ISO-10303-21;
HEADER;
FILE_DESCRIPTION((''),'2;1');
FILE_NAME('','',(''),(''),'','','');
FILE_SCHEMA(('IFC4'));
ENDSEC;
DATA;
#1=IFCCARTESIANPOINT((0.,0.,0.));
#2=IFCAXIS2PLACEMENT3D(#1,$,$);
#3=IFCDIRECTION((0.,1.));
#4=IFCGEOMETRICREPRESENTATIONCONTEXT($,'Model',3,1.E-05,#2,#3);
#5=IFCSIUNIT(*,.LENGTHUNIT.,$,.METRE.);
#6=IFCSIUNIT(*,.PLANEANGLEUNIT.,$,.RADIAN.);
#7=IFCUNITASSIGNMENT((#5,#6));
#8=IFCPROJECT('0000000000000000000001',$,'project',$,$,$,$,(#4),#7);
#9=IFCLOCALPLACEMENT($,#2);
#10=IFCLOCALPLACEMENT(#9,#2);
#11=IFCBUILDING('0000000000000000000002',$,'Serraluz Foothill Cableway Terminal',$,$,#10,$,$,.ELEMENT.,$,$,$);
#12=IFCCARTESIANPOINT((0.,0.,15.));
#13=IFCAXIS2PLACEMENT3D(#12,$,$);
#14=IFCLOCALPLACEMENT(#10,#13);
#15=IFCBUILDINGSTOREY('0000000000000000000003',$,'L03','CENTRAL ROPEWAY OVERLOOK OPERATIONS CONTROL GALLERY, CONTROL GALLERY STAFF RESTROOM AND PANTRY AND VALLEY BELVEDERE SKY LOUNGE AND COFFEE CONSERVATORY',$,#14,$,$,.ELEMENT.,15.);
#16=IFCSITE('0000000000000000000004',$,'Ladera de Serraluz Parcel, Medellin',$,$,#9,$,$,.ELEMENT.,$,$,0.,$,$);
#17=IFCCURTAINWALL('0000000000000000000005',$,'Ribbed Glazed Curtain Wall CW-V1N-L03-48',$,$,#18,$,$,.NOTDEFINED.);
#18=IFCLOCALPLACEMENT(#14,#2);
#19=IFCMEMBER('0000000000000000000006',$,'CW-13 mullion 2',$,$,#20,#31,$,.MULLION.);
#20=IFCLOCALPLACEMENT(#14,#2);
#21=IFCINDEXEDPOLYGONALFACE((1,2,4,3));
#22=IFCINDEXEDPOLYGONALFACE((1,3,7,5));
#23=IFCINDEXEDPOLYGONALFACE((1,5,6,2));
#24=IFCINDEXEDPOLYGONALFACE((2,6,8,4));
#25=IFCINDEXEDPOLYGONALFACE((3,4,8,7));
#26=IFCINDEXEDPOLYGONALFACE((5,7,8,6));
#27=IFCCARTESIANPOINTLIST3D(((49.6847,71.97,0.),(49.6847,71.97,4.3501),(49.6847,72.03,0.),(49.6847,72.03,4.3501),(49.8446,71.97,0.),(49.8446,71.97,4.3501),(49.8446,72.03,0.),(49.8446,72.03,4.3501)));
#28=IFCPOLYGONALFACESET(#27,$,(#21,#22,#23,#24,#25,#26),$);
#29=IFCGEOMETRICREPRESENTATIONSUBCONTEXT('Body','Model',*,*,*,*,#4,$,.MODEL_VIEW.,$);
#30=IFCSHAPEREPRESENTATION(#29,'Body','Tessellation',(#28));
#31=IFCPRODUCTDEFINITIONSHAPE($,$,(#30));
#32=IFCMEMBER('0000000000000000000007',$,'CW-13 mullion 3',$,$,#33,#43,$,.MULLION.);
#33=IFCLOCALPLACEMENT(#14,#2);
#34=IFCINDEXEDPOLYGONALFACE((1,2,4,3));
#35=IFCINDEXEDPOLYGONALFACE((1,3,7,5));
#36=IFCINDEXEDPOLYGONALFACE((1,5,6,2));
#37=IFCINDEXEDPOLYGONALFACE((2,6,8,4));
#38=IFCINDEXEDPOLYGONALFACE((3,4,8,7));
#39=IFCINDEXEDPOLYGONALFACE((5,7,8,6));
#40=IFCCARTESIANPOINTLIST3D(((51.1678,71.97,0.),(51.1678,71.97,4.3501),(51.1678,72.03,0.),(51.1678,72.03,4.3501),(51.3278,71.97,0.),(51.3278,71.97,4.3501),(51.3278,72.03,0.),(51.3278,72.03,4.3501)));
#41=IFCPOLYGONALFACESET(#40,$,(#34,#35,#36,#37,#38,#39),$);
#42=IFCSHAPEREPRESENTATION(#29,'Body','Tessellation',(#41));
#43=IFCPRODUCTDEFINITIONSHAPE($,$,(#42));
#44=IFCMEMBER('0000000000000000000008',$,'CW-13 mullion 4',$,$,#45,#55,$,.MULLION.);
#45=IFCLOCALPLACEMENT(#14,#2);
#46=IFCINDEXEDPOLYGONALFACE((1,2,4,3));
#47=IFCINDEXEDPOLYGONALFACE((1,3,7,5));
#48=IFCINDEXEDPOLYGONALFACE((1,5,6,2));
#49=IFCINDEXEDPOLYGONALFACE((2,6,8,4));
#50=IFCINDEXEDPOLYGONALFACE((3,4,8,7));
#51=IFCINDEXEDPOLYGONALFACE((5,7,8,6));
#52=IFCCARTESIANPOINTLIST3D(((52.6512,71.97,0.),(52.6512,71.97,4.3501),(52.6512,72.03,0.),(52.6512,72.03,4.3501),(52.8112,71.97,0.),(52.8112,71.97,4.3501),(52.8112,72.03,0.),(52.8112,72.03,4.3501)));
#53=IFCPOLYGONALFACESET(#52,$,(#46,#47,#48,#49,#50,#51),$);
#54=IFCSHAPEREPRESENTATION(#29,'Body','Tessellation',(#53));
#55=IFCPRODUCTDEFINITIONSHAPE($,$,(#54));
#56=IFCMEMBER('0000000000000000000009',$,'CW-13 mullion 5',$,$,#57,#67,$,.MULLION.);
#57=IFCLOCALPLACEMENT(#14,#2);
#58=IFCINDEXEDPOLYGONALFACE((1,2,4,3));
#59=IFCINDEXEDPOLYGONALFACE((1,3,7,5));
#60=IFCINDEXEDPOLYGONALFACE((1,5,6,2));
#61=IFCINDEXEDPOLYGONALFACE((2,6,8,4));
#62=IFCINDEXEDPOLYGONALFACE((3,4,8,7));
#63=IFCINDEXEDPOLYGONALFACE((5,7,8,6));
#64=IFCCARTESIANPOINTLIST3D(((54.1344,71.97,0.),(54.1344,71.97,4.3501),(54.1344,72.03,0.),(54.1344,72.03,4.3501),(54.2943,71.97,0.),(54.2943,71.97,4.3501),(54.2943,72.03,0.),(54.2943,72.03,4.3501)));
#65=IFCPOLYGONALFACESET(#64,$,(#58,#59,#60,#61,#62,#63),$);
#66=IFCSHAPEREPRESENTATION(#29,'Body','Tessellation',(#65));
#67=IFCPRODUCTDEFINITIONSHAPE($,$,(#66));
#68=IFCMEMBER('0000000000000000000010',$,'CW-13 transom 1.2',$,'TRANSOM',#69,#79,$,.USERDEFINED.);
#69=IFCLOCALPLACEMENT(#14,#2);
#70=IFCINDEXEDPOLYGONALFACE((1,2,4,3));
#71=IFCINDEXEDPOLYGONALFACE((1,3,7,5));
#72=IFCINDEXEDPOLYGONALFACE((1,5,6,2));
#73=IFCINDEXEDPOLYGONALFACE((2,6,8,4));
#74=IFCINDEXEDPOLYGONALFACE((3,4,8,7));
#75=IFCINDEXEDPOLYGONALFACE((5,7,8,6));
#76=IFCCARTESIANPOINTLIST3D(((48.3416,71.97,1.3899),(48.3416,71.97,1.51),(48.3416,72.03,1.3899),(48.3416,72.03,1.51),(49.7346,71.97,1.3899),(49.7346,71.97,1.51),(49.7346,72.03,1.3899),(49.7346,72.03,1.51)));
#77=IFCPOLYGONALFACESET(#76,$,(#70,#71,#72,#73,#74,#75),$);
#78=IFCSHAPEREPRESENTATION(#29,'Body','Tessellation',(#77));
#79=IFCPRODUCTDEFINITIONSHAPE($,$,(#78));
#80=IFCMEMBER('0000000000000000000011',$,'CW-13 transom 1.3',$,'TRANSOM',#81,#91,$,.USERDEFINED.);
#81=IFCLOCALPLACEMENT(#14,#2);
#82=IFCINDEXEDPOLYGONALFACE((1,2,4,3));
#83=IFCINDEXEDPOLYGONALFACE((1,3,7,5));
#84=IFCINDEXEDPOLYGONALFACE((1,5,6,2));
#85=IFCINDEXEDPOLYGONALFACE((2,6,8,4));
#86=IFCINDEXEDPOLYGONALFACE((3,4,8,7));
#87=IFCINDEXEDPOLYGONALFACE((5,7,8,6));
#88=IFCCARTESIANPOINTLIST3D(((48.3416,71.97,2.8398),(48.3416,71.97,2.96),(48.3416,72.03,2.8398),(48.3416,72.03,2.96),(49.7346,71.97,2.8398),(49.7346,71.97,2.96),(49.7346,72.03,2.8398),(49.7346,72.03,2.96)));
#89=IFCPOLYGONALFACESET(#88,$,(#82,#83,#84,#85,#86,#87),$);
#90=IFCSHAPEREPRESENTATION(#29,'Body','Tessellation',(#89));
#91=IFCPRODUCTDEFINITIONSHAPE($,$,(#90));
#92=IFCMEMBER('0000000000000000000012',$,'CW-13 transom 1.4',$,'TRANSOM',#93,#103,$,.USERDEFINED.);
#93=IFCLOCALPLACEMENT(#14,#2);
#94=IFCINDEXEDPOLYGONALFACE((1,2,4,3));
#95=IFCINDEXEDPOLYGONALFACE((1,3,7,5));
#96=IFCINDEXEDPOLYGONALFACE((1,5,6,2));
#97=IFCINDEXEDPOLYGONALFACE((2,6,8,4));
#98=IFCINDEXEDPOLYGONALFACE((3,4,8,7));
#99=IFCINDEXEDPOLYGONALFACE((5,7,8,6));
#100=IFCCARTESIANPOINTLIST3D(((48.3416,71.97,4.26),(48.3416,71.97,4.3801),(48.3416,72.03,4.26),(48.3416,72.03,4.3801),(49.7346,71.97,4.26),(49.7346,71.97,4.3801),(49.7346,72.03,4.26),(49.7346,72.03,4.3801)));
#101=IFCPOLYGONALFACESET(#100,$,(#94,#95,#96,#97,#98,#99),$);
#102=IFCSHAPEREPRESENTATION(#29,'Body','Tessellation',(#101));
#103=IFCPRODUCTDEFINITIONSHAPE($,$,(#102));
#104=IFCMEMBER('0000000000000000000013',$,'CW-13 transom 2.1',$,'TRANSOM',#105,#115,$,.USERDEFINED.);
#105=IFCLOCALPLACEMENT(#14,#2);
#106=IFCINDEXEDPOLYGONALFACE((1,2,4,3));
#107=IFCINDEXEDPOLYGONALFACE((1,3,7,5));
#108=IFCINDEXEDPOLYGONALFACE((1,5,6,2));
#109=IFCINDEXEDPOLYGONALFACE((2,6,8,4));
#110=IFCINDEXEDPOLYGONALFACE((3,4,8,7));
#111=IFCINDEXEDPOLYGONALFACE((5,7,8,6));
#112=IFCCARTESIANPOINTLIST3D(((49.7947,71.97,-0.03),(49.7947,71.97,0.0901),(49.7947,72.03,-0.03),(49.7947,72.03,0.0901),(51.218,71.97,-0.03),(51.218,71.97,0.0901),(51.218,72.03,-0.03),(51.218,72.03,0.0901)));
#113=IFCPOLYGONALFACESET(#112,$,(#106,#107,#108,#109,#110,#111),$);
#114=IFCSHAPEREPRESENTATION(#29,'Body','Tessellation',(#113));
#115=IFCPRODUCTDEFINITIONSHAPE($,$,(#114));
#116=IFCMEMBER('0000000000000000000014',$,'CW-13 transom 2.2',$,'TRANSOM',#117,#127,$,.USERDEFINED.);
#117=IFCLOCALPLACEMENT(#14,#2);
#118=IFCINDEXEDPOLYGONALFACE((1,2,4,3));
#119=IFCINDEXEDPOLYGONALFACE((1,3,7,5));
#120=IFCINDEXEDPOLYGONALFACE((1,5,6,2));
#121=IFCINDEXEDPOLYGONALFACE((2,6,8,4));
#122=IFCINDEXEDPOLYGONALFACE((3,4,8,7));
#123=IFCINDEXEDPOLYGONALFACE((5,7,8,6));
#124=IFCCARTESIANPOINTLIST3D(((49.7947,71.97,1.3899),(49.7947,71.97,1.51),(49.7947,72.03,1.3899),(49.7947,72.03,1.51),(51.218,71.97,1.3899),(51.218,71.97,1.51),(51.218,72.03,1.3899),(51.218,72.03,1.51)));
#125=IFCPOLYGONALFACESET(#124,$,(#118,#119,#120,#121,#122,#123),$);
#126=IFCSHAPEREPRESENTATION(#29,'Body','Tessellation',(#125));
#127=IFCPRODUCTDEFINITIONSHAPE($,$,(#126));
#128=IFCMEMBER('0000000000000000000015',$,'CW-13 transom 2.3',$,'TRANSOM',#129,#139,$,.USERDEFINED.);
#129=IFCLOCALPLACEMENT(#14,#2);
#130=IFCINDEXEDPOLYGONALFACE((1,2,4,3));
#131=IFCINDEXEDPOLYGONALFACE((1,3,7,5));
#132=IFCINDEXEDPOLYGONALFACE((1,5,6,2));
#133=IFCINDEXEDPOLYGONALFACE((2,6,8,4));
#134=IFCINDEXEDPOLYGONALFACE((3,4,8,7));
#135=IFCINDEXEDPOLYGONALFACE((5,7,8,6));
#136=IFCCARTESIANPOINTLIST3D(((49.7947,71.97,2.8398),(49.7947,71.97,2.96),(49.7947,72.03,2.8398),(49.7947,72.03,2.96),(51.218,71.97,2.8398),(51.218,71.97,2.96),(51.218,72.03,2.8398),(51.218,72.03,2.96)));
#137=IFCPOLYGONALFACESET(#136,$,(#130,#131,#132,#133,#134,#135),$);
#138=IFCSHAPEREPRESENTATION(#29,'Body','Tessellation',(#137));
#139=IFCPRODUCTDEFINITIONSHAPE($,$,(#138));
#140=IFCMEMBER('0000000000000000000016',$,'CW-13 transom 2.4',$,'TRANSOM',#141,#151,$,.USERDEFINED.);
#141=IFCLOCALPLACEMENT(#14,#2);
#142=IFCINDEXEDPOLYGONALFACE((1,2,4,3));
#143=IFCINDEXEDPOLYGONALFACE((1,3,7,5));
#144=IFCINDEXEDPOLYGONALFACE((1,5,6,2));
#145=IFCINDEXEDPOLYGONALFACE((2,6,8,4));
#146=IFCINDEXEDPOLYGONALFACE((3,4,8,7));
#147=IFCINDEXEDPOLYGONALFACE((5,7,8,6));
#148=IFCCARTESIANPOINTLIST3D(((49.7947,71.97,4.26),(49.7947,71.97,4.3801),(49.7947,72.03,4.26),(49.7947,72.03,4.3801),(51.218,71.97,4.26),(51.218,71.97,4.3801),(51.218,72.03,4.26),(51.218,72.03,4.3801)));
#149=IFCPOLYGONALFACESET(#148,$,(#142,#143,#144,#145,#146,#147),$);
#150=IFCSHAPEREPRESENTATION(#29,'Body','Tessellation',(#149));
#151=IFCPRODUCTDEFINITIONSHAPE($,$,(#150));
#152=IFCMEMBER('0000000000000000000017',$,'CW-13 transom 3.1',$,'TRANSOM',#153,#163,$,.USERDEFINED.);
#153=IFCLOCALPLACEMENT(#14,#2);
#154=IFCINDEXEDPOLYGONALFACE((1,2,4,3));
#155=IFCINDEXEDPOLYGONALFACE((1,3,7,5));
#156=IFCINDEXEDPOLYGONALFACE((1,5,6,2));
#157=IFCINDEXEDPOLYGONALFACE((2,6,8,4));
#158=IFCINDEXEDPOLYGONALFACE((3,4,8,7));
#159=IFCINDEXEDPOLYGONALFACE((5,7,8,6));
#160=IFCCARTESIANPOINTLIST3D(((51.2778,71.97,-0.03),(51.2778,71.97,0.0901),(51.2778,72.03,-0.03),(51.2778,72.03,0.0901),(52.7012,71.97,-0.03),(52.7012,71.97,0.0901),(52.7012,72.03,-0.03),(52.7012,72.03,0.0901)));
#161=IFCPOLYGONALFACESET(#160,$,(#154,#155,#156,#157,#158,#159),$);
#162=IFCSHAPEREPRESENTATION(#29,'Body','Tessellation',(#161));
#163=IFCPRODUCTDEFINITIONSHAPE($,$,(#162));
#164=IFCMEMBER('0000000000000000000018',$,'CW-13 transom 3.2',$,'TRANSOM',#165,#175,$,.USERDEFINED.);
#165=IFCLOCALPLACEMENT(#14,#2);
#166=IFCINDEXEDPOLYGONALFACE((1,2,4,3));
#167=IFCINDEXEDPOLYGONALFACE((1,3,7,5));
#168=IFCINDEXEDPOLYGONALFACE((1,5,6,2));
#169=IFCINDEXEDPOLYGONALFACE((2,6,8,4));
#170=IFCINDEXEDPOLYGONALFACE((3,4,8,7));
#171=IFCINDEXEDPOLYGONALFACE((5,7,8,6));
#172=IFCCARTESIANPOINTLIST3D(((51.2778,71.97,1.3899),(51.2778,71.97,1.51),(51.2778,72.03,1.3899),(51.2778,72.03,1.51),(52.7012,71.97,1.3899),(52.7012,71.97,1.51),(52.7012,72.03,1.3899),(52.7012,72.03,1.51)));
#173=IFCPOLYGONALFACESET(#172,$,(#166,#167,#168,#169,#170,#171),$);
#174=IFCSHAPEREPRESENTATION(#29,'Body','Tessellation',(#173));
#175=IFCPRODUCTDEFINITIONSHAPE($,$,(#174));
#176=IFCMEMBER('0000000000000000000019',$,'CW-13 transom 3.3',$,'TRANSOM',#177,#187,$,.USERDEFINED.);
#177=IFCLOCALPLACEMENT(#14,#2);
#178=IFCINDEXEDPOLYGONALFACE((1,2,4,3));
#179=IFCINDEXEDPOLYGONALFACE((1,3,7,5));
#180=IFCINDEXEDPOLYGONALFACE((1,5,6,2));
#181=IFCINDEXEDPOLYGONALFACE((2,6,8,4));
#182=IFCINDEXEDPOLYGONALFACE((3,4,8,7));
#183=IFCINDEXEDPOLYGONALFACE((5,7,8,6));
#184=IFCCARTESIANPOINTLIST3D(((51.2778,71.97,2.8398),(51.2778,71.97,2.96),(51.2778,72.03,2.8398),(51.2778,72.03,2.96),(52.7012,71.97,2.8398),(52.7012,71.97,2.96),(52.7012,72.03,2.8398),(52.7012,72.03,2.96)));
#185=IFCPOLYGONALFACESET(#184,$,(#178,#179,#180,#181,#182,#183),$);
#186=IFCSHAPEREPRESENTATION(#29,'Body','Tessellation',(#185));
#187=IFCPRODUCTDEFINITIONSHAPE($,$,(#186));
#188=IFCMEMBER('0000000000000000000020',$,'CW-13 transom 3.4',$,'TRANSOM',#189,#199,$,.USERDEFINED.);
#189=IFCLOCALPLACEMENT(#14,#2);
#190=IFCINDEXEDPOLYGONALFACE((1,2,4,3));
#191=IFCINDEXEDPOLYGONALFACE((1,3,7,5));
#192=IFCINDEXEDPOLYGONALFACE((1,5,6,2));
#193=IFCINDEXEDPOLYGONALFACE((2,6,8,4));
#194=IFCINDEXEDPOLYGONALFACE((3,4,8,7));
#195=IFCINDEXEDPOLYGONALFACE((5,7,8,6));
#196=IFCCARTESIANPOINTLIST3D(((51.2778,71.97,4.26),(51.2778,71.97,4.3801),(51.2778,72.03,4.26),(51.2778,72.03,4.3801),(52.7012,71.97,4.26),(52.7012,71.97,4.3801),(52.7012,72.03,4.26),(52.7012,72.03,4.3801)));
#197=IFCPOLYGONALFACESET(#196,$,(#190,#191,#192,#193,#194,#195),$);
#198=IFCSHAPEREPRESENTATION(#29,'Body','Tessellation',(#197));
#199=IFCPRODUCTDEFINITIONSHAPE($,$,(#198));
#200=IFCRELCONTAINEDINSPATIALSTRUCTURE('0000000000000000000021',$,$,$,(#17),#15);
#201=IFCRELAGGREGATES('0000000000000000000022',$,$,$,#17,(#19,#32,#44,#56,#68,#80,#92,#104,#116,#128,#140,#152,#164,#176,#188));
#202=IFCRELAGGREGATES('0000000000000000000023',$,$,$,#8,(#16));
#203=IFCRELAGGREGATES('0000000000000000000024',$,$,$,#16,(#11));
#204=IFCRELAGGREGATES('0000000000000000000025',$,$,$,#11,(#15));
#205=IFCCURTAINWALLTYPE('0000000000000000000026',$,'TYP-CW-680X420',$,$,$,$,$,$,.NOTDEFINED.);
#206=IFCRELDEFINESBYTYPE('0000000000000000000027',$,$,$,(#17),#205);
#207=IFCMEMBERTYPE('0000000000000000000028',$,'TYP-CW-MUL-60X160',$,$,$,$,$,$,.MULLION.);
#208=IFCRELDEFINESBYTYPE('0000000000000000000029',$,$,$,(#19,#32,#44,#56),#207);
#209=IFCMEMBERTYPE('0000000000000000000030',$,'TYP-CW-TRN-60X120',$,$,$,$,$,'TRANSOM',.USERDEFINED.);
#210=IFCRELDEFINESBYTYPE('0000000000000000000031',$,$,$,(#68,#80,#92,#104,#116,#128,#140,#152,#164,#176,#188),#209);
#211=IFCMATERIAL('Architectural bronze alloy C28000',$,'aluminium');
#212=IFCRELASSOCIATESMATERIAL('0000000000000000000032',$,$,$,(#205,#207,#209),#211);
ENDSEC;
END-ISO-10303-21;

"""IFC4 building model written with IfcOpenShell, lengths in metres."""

from ifc_helpers import new_model, si_unit, direction, frame, origin, origin_2d, place, context, subcontext, project, spatial, rectangle, extrude, material, material_profile, profile_set, type_object, element, aggregate, save


model = new_model("IFC4")

# Units and contexts
model_context = context("Model", 3, precision=1e-05, world=origin(), true_north=direction((0.0, 1.0)))
body_context = subcontext(model_context, "Body", "Model", "MODEL_VIEW")
ifc_project = project(units=[si_unit("LENGTHUNIT", "METRE"), si_unit("PLANEANGLEUNIT", "RADIAN")], contexts=[model_context])

# Site, building, storey
site_placement = place(None, origin())
site = spatial("IfcSite", under=ifc_project, at=site_placement, Name="Ladera de Serraluz Parcel, Medellin", CompositionType="ELEMENT", RefElevation=0.0)
building_placement = place(site_placement, origin())
building = spatial("IfcBuilding", under=site, at=building_placement, Name="Serraluz Foothill Cableway Terminal", CompositionType="ELEMENT")
storey_placement = place(building_placement, frame((0.0, 0.0, 15.0)))
storey = spatial("IfcBuildingStorey", under=building, at=storey_placement, Name="L03", Description="CENTRAL ROPEWAY OVERLOOK OPERATIONS CONTROL GALLERY, CONTROL GALLERY STAFF RESTROOM AND PANTRY AND VALLEY BELVEDERE SKY LOUNGE AND COFFEE CONSERVATORY", CompositionType="ELEMENT", Elevation=15.0)

# Curtain wall, members
ifc_material_1 = material(Name="Architectural bronze alloy C28000", Category="aluminium")
curtain_wall_type = type_object("IfcCurtainWallType", Name="TYP-CW-680X420", PredefinedType="NOTDEFINED", material=ifc_material_1)
curtain_wall_placement = place(storey_placement, origin())
curtain_wall = element("IfcCurtainWall", 1, at=curtain_wall_placement, inside=storey, type_object=curtain_wall_type, Name="Ribbed Glazed Curtain Wall CW-V1N-L03-48", PredefinedType="NOTDEFINED")
ifc_material_profile_1 = material_profile(ifc_material_1, rectangle(XDim=0.0601, YDim=0.1599, at=origin_2d()), Name="ALU MULLION 60x160")
ifc_profile_set_1 = profile_set([ifc_material_profile_1], Name="Architectural bronze alloy C28000")
member_type_1 = type_object("IfcMemberType", Name="TYP-CW-MUL-60X160", PredefinedType="MULLION", material=ifc_profile_set_1)
member_1_placement = place(storey_placement, frame((49.7646, 72.0, 0.0), z_axis=(0.0, 0.0, 1.0), x_axis=(0.0, 1.0, 0.0)))
member_1 = element("IfcMember", 2, at=member_1_placement, type_object=member_type_1, Name="CW-13 mullion 2", PredefinedType="MULLION", context=body_context, shape_type="SweptSolid", body=[
    extrude(rectangle(XDim=0.0601, YDim=0.1599, at=origin_2d()), origin(), (0.0, 0.0, 1.0), 4.3501),
])
member_2_placement = place(storey_placement, frame((51.2478, 72.0, 0.0), z_axis=(0.0, 0.0, 1.0), x_axis=(0.0, 1.0, 0.0)))
member_2 = element("IfcMember", 3, at=member_2_placement, type_object=member_type_1, Name="CW-13 mullion 3", PredefinedType="MULLION", context=body_context, shape_type="SweptSolid", body=[
    extrude(rectangle(XDim=0.0601, YDim=0.1599, at=origin_2d()), origin(), (0.0, 0.0, 1.0), 4.3501),
])
member_3_placement = place(storey_placement, frame((52.7312, 72.0, 0.0), z_axis=(0.0, 0.0, 1.0), x_axis=(0.0, 1.0, 0.0)))
member_3 = element("IfcMember", 4, at=member_3_placement, type_object=member_type_1, Name="CW-13 mullion 4", PredefinedType="MULLION", context=body_context, shape_type="SweptSolid", body=[
    extrude(rectangle(XDim=0.0601, YDim=0.1599, at=origin_2d()), origin(), (0.0, 0.0, 1.0), 4.3501),
])
member_4_placement = place(storey_placement, frame((54.2144, 72.0, 0.0), z_axis=(0.0, 0.0, 1.0), x_axis=(0.0, 1.0, 0.0)))
member_4 = element("IfcMember", 5, at=member_4_placement, type_object=member_type_1, Name="CW-13 mullion 5", PredefinedType="MULLION", context=body_context, shape_type="SweptSolid", body=[
    extrude(rectangle(XDim=0.0601, YDim=0.1599, at=origin_2d()), origin(), (0.0, 0.0, 1.0), 4.3501),
])
ifc_material_profile_2 = material_profile(ifc_material_1, rectangle(XDim=0.0601, YDim=0.1201, at=origin_2d()), Name="ALU TRANSOM 60x120")
ifc_profile_set_2 = profile_set([ifc_material_profile_2], Name="Architectural bronze alloy C28000")
member_type_2 = type_object("IfcMemberType", Name="TYP-CW-TRN-60X120", ElementType="TRANSOM", PredefinedType="USERDEFINED", material=ifc_profile_set_2)
member_5_placement = place(storey_placement, frame((48.3416, 72.0, 1.45), z_axis=(1.0, 0.0, 0.0), x_axis=(0.0, 1.0, 0.0)))
member_5 = element("IfcMember", 6, at=member_5_placement, type_object=member_type_2, Name="CW-13 transom 1.2", ObjectType="TRANSOM", PredefinedType="USERDEFINED", context=body_context, shape_type="SweptSolid", body=[
    extrude(rectangle(XDim=0.0601, YDim=0.1201, at=origin_2d()), origin(), (0.0, 0.0, 1.0), 1.3931),
])
member_6_placement = place(storey_placement, frame((48.3416, 72.0, 2.8999), z_axis=(1.0, 0.0, 0.0), x_axis=(0.0, 1.0, 0.0)))
member_6 = element("IfcMember", 7, at=member_6_placement, type_object=member_type_2, Name="CW-13 transom 1.3", ObjectType="TRANSOM", PredefinedType="USERDEFINED", context=body_context, shape_type="SweptSolid", body=[
    extrude(rectangle(XDim=0.0601, YDim=0.1201, at=origin_2d()), origin(), (0.0, 0.0, 1.0), 1.3931),
])
member_7_placement = place(storey_placement, frame((48.3416, 72.0, 4.3201), z_axis=(1.0, 0.0, 0.0), x_axis=(0.0, 1.0, 0.0)))
member_7 = element("IfcMember", 8, at=member_7_placement, type_object=member_type_2, Name="CW-13 transom 1.4", ObjectType="TRANSOM", PredefinedType="USERDEFINED", context=body_context, shape_type="SweptSolid", body=[
    extrude(rectangle(XDim=0.0601, YDim=0.1201, at=origin_2d()), origin(), (0.0, 0.0, 1.0), 1.3931),
])
member_8_placement = place(storey_placement, frame((49.7947, 72.0, 0.03), z_axis=(1.0, 0.0, 0.0), x_axis=(0.0, 1.0, 0.0)))
member_8 = element("IfcMember", 9, at=member_8_placement, type_object=member_type_2, Name="CW-13 transom 2.1", ObjectType="TRANSOM", PredefinedType="USERDEFINED", context=body_context, shape_type="SweptSolid", body=[
    extrude(rectangle(XDim=0.0601, YDim=0.1201, at=origin_2d()), origin(), (0.0, 0.0, 1.0), 1.4233),
])
member_9_placement = place(storey_placement, frame((49.7947, 72.0, 1.45), z_axis=(1.0, 0.0, 0.0), x_axis=(0.0, 1.0, 0.0)))
member_9 = element("IfcMember", 10, at=member_9_placement, type_object=member_type_2, Name="CW-13 transom 2.2", ObjectType="TRANSOM", PredefinedType="USERDEFINED", context=body_context, shape_type="SweptSolid", body=[
    extrude(rectangle(XDim=0.0601, YDim=0.1201, at=origin_2d()), origin(), (0.0, 0.0, 1.0), 1.4233),
])
member_10_placement = place(storey_placement, frame((49.7947, 72.0, 2.8999), z_axis=(1.0, 0.0, 0.0), x_axis=(0.0, 1.0, 0.0)))
member_10 = element("IfcMember", 11, at=member_10_placement, type_object=member_type_2, Name="CW-13 transom 2.3", ObjectType="TRANSOM", PredefinedType="USERDEFINED", context=body_context, shape_type="SweptSolid", body=[
    extrude(rectangle(XDim=0.0601, YDim=0.1201, at=origin_2d()), origin(), (0.0, 0.0, 1.0), 1.4233),
])
member_11_placement = place(storey_placement, frame((49.7947, 72.0, 4.3201), z_axis=(1.0, 0.0, 0.0), x_axis=(0.0, 1.0, 0.0)))
member_11 = element("IfcMember", 12, at=member_11_placement, type_object=member_type_2, Name="CW-13 transom 2.4", ObjectType="TRANSOM", PredefinedType="USERDEFINED", context=body_context, shape_type="SweptSolid", body=[
    extrude(rectangle(XDim=0.0601, YDim=0.1201, at=origin_2d()), origin(), (0.0, 0.0, 1.0), 1.4233),
])
member_12_placement = place(storey_placement, frame((51.2778, 72.0, 0.03), z_axis=(1.0, 0.0, 0.0), x_axis=(0.0, 1.0, 0.0)))
member_12 = element("IfcMember", 13, at=member_12_placement, type_object=member_type_2, Name="CW-13 transom 3.1", ObjectType="TRANSOM", PredefinedType="USERDEFINED", context=body_context, shape_type="SweptSolid", body=[
    extrude(rectangle(XDim=0.0601, YDim=0.1201, at=origin_2d()), origin(), (0.0, 0.0, 1.0), 1.4233),
])
member_13_placement = place(storey_placement, frame((51.2778, 72.0, 1.45), z_axis=(1.0, 0.0, 0.0), x_axis=(0.0, 1.0, 0.0)))
member_13 = element("IfcMember", 14, at=member_13_placement, type_object=member_type_2, Name="CW-13 transom 3.2", ObjectType="TRANSOM", PredefinedType="USERDEFINED", context=body_context, shape_type="SweptSolid", body=[
    extrude(rectangle(XDim=0.0601, YDim=0.1201, at=origin_2d()), origin(), (0.0, 0.0, 1.0), 1.4233),
])
member_14_placement = place(storey_placement, frame((51.2778, 72.0, 2.8999), z_axis=(1.0, 0.0, 0.0), x_axis=(0.0, 1.0, 0.0)))
member_14 = element("IfcMember", 15, at=member_14_placement, type_object=member_type_2, Name="CW-13 transom 3.3", ObjectType="TRANSOM", PredefinedType="USERDEFINED", context=body_context, shape_type="SweptSolid", body=[
    extrude(rectangle(XDim=0.0601, YDim=0.1201, at=origin_2d()), origin(), (0.0, 0.0, 1.0), 1.4233),
])
member_15_placement = place(storey_placement, frame((51.2778, 72.0, 4.3201), z_axis=(1.0, 0.0, 0.0), x_axis=(0.0, 1.0, 0.0)))
member_15 = element("IfcMember", 16, at=member_15_placement, type_object=member_type_2, Name="CW-13 transom 3.4", ObjectType="TRANSOM", PredefinedType="USERDEFINED", context=body_context, shape_type="SweptSolid", body=[
    extrude(rectangle(XDim=0.0601, YDim=0.1201, at=origin_2d()), origin(), (0.0, 0.0, 1.0), 1.4233),
])

aggregate(curtain_wall, [member_1, member_2, member_3, member_4, member_5, member_6, member_7, member_8, member_9, member_10, member_11, member_12, member_13, member_14, member_15])

save(model, "model.ifc")
